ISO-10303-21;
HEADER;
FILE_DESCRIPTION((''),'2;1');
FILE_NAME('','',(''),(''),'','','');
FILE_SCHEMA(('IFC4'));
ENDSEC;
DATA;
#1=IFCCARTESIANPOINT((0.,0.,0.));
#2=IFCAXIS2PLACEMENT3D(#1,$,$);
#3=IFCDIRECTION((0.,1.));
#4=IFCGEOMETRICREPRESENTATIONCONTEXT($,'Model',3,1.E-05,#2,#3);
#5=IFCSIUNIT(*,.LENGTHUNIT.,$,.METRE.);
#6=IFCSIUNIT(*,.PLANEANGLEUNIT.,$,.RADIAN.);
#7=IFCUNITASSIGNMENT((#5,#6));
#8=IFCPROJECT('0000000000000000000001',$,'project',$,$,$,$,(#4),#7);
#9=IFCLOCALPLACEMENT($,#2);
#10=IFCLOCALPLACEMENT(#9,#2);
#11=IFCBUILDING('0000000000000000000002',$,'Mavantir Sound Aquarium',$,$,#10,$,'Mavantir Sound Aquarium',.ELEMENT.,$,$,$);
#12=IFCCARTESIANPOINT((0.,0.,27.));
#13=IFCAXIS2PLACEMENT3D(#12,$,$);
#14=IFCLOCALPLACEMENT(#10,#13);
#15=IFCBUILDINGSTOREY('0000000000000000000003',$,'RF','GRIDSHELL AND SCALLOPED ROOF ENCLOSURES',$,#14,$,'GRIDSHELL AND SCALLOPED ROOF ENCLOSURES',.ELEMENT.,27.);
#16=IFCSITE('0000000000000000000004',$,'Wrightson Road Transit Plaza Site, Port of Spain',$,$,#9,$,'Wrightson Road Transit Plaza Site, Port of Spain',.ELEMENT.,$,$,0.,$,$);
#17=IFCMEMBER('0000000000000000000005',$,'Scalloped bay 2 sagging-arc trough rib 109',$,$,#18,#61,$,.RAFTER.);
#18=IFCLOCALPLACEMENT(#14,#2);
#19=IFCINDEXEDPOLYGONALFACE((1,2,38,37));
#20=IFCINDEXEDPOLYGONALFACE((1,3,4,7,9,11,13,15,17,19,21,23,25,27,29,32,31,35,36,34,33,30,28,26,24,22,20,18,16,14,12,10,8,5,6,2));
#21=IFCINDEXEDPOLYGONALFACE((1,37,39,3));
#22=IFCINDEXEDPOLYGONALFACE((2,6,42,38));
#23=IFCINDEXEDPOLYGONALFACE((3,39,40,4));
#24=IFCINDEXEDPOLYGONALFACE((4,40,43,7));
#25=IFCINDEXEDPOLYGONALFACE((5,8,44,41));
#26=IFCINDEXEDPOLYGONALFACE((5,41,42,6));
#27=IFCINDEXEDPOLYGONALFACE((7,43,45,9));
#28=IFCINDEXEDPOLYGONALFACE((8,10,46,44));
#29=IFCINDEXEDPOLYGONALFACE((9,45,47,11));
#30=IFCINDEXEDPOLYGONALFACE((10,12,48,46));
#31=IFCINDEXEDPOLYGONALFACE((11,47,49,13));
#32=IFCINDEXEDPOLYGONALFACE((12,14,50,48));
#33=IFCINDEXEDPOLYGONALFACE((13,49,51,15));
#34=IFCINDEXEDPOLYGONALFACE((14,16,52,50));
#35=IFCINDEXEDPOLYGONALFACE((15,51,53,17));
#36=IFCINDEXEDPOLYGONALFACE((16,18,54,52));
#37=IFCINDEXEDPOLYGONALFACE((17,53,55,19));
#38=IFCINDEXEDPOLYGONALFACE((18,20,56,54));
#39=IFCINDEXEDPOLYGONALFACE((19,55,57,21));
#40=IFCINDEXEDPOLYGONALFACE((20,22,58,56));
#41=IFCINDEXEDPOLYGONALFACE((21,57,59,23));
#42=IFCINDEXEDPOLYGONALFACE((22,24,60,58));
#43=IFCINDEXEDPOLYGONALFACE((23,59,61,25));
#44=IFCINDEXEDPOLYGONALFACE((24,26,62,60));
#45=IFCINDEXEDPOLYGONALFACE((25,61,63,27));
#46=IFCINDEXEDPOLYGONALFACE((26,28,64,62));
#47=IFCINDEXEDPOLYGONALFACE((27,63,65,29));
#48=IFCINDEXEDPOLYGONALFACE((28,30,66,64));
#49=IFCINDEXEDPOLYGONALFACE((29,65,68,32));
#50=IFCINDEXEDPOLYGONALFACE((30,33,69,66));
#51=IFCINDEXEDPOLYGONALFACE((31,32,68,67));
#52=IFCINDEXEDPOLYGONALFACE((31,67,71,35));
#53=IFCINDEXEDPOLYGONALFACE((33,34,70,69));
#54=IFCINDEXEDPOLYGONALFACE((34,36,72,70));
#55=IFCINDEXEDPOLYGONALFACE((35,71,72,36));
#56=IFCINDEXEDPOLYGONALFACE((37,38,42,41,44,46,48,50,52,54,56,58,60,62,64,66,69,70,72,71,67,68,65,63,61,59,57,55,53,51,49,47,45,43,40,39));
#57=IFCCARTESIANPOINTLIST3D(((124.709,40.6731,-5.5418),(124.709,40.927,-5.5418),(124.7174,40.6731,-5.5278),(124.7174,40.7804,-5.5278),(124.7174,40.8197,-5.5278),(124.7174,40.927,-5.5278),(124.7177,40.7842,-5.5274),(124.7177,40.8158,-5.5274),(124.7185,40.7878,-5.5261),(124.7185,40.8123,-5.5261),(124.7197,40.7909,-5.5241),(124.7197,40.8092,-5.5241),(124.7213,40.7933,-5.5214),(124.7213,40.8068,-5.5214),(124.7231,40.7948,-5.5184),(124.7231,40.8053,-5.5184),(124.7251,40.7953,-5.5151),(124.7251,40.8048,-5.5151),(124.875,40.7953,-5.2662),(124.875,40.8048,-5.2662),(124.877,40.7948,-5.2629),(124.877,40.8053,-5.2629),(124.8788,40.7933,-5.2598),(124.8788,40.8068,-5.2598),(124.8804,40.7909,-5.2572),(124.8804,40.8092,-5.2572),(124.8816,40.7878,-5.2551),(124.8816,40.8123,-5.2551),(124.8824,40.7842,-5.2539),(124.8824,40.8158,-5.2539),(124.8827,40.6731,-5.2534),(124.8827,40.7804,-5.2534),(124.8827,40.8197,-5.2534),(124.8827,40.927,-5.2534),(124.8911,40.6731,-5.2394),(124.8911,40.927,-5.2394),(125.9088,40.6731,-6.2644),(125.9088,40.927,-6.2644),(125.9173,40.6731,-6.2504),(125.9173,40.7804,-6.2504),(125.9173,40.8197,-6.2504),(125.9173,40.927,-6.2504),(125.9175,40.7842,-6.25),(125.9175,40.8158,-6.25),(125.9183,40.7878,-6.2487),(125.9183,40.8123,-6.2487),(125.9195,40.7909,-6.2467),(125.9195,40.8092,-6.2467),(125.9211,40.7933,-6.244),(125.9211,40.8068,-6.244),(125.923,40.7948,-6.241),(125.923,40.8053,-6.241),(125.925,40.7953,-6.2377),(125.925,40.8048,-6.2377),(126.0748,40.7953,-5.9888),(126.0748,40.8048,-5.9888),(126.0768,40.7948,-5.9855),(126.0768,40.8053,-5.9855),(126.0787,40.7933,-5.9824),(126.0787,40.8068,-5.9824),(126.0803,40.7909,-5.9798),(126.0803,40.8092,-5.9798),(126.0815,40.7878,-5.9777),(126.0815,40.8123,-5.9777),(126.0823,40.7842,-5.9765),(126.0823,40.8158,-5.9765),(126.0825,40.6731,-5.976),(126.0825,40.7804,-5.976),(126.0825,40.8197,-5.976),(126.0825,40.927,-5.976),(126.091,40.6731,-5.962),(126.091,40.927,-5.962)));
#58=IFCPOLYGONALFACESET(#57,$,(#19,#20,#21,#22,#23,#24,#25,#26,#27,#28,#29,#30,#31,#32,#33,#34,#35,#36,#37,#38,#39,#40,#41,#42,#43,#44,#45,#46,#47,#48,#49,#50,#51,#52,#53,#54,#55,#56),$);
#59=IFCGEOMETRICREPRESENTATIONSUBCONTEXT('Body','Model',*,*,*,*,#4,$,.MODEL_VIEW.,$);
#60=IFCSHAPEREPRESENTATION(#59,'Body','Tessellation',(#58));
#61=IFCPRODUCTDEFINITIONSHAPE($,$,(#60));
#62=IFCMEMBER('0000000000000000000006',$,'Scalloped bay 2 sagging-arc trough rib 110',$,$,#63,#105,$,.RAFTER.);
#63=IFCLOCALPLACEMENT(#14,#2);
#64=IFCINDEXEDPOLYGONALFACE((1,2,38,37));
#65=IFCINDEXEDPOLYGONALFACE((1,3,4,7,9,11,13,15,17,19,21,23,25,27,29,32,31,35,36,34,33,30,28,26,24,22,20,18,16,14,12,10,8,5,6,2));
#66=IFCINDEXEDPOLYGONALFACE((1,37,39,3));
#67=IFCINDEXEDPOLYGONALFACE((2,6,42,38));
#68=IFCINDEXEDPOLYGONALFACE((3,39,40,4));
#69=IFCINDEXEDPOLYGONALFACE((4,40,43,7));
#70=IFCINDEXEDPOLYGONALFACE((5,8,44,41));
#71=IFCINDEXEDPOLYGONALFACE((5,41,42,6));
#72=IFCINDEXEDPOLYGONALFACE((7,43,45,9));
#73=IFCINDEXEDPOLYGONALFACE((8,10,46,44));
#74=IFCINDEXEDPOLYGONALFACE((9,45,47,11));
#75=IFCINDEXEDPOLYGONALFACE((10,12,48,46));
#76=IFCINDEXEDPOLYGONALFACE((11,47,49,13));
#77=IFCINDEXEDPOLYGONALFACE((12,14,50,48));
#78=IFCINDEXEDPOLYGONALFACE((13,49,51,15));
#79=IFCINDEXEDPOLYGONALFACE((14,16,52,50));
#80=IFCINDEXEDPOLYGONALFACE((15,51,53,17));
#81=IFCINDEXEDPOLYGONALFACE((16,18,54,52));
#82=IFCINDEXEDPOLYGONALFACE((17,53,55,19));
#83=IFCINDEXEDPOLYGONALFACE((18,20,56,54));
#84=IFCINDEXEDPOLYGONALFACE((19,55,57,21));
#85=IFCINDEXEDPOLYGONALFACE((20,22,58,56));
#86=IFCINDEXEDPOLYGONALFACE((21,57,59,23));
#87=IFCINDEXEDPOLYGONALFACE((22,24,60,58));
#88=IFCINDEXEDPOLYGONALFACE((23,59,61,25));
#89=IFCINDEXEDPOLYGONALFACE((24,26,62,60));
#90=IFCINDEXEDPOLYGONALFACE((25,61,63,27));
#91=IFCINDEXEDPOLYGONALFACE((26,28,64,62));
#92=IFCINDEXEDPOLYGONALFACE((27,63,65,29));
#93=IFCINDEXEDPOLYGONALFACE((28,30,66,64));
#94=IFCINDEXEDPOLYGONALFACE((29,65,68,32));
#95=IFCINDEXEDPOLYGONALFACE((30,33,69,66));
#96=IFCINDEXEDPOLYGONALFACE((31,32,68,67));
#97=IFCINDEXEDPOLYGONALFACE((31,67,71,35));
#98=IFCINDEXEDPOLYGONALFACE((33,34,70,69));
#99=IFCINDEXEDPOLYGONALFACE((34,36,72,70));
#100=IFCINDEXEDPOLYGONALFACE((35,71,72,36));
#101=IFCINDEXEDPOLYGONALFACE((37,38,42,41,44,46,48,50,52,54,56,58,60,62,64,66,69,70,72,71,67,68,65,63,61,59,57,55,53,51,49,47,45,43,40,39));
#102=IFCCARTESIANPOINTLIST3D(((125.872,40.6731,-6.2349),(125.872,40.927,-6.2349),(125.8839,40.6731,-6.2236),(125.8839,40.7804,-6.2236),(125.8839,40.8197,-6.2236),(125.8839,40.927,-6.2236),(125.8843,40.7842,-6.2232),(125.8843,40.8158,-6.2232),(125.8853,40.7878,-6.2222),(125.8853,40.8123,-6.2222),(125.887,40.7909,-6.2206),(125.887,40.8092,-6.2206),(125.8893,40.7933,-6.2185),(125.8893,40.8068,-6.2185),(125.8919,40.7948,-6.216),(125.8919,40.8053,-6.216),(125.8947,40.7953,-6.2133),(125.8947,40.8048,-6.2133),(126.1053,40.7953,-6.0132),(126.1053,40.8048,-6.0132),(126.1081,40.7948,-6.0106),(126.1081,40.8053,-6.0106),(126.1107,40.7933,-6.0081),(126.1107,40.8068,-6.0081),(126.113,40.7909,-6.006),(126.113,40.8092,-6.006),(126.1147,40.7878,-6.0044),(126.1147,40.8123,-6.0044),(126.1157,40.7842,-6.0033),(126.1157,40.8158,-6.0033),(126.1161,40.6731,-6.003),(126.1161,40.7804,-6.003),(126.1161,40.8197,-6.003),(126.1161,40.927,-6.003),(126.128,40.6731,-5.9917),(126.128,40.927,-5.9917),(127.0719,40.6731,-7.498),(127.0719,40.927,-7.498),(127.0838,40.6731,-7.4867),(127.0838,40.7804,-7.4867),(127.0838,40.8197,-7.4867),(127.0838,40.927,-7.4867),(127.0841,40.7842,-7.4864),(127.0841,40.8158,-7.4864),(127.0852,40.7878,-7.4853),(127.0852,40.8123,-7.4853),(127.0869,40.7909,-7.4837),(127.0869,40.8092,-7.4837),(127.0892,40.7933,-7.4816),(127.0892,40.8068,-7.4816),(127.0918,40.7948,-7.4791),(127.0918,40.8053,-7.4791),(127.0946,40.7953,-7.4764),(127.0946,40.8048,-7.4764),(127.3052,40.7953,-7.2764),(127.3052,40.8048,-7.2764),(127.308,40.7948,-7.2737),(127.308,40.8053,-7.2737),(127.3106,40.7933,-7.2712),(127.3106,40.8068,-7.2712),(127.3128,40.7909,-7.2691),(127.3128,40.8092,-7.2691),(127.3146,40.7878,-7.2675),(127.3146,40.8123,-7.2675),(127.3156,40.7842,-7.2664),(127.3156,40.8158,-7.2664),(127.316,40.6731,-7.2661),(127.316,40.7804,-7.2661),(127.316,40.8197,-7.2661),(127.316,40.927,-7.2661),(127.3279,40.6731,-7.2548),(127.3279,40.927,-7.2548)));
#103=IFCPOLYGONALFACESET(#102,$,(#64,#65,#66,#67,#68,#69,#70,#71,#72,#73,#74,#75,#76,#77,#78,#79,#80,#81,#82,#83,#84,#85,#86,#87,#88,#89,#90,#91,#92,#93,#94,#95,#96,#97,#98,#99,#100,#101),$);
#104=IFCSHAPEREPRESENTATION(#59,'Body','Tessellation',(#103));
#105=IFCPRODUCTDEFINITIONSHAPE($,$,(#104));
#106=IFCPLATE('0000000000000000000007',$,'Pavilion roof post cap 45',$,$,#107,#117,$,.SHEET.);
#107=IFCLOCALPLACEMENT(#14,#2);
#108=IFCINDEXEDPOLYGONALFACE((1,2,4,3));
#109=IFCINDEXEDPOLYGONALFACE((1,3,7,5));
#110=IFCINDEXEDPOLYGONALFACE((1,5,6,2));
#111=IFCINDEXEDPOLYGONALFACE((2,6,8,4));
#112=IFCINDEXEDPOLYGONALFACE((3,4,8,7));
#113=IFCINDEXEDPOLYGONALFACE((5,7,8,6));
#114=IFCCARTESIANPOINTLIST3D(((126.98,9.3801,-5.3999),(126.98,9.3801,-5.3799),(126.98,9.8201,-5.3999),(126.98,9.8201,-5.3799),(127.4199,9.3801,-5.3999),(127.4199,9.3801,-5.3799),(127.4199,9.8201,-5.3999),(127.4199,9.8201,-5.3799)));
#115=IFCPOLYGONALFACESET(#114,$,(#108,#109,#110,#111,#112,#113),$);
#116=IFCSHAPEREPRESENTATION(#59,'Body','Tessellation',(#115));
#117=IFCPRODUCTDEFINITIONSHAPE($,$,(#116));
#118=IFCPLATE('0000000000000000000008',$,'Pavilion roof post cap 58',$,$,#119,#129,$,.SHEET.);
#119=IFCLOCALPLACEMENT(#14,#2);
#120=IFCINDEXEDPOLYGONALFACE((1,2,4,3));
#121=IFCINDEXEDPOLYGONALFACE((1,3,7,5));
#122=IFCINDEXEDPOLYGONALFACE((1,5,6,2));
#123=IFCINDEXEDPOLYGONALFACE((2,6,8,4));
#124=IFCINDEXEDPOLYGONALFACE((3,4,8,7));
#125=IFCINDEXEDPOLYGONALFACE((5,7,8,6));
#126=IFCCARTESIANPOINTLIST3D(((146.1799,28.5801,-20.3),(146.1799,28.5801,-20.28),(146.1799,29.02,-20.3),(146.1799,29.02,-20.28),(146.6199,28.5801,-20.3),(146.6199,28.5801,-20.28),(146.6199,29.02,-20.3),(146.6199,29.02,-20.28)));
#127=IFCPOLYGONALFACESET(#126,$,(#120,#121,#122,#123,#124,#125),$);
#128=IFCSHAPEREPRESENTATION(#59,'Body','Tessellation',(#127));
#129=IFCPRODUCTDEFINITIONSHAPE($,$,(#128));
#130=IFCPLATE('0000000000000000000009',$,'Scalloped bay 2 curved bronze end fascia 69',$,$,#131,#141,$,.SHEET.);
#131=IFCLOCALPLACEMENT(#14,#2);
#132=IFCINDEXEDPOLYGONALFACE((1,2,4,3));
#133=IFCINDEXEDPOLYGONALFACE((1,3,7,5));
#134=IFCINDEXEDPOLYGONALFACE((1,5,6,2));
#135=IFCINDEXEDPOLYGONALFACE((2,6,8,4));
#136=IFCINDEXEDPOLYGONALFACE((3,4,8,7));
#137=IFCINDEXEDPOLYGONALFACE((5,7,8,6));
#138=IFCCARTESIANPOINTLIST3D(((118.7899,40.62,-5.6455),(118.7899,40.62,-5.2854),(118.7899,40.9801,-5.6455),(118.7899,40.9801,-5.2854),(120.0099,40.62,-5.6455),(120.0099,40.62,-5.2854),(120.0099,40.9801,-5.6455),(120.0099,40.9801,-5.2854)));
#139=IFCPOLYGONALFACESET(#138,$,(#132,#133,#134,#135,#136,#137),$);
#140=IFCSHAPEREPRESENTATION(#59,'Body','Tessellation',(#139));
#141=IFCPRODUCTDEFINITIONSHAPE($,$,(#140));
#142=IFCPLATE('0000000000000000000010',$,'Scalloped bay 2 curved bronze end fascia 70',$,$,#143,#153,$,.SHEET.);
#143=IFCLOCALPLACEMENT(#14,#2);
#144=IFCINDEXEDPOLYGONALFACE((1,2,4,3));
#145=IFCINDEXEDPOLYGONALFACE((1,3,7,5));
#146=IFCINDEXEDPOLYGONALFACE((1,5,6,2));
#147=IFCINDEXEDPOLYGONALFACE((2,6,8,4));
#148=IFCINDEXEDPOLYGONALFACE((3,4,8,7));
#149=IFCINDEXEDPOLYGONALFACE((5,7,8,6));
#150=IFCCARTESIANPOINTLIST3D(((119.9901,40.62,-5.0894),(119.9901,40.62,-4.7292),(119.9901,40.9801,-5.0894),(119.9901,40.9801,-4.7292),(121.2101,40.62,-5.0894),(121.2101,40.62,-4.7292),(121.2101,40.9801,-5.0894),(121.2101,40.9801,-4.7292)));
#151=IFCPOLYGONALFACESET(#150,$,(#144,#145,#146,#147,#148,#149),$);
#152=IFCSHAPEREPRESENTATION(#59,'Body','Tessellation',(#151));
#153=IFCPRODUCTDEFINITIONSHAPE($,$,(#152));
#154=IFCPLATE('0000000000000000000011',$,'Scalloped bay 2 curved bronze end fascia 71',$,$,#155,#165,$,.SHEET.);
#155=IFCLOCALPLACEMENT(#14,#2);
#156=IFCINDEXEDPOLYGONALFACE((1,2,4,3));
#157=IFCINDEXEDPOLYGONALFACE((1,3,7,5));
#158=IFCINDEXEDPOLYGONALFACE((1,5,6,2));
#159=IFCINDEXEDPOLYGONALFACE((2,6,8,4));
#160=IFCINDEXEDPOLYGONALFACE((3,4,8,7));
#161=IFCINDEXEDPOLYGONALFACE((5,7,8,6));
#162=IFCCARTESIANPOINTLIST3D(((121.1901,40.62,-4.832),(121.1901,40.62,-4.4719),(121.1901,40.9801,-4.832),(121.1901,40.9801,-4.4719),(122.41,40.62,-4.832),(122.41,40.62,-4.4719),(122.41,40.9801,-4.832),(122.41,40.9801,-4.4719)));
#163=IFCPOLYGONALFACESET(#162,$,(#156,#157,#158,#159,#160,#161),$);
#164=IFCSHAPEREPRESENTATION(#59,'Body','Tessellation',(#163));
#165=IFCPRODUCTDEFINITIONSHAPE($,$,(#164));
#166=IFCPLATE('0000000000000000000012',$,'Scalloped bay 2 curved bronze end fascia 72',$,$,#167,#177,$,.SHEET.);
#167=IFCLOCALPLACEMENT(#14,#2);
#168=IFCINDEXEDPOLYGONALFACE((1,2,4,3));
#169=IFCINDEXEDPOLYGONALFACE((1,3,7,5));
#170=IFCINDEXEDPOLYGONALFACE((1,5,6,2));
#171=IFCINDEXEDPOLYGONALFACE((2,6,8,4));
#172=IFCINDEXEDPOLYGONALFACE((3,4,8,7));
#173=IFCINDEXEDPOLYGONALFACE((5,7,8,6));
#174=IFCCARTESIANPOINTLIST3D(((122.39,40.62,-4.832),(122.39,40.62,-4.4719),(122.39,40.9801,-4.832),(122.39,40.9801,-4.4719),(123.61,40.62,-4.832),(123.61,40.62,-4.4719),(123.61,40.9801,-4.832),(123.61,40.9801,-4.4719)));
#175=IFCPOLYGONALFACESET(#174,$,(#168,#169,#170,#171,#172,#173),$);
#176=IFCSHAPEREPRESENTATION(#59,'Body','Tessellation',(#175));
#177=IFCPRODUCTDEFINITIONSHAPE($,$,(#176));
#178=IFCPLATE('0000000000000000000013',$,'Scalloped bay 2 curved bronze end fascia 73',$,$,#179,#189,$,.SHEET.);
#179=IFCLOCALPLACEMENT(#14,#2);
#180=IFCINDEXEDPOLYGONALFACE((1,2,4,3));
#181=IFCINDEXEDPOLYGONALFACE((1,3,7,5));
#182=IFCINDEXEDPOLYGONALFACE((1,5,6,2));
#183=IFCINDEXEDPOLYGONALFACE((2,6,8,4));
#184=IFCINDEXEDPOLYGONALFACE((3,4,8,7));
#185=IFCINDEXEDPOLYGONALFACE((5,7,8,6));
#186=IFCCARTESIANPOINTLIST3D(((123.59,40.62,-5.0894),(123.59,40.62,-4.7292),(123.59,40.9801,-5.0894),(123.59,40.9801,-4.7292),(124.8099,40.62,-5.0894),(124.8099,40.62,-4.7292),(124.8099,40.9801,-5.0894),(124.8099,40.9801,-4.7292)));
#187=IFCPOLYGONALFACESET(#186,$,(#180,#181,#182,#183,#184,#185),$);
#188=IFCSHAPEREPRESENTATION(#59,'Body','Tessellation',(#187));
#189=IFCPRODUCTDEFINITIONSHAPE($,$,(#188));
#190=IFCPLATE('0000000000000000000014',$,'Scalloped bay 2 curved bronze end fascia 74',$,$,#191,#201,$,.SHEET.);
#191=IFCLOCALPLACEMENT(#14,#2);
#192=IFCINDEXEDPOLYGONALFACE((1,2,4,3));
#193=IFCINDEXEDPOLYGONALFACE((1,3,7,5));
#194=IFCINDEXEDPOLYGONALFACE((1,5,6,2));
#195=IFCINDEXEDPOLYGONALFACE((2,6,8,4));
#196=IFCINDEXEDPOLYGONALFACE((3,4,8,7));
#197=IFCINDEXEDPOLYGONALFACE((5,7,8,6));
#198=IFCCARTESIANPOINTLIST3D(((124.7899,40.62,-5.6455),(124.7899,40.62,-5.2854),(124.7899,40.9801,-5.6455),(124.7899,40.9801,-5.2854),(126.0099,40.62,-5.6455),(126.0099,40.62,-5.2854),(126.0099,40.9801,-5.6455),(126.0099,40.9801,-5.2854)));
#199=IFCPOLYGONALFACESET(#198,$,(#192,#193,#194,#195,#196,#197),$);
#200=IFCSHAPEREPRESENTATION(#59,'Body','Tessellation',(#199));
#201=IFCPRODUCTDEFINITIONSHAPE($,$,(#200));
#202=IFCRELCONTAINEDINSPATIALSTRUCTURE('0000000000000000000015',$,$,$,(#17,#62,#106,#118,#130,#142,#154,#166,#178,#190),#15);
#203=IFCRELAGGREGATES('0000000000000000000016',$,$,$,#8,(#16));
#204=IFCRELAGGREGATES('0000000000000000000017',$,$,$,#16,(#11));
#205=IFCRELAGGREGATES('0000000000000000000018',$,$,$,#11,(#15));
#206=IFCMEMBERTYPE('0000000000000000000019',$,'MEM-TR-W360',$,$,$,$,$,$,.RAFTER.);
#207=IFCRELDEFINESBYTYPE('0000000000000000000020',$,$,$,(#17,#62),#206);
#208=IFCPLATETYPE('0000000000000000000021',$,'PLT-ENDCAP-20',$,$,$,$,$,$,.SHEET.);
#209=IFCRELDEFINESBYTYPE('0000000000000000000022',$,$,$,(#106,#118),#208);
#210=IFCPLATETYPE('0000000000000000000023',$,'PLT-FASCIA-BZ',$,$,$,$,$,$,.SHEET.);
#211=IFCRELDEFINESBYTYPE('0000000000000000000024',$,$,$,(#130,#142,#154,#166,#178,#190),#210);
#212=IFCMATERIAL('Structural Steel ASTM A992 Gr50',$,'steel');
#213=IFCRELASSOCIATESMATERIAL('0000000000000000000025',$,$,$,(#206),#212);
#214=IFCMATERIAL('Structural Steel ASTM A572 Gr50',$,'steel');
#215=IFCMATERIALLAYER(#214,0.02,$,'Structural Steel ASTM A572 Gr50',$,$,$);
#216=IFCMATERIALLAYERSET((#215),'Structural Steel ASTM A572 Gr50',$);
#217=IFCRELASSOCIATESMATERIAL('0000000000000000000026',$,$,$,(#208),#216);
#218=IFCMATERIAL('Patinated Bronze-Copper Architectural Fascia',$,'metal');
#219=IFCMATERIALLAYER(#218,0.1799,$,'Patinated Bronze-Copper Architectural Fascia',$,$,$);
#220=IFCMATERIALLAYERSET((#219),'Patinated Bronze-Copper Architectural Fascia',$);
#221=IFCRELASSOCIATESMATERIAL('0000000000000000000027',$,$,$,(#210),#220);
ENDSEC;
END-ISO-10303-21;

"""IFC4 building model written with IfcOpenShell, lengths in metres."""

from ifc_helpers import new_model, si_unit, direction, frame, origin, origin_2d, place, context, subcontext, project, spatial, rectangle, i_section, extrude, material, layer, layer_set, material_profile, profile_set, type_object, element, save


model = new_model("IFC4")

# Units and contexts
model_context = context("Model", 3, precision=1e-05, world=origin(), true_north=direction((0.0, 1.0)))
body_context = subcontext(model_context, "Body", "Model", "MODEL_VIEW")
ifc_project = project(units=[si_unit("LENGTHUNIT", "METRE"), si_unit("PLANEANGLEUNIT", "RADIAN")], contexts=[model_context])

# Site, building, storey
site_placement = place(None, origin())
site = spatial("IfcSite", under=ifc_project, at=site_placement, Name="Wrightson Road Transit Plaza Site, Port of Spain", LongName="Wrightson Road Transit Plaza Site, Port of Spain", CompositionType="ELEMENT", RefElevation=0.0)
building_placement = place(site_placement, origin())
building = spatial("IfcBuilding", under=site, at=building_placement, Name="Mavantir Sound Aquarium", LongName="Mavantir Sound Aquarium", CompositionType="ELEMENT")
storey_placement = place(building_placement, frame((0.0, 0.0, 27.0)))
storey = spatial("IfcBuildingStorey", under=building, at=storey_placement, Name="RF", Description="GRIDSHELL AND SCALLOPED ROOF ENCLOSURES", LongName="GRIDSHELL AND SCALLOPED ROOF ENCLOSURES", CompositionType="ELEMENT", Elevation=27.0)

# Shared definitions
ifc_material_1 = material(Name="Structural Steel ASTM A992 Gr50", Category="steel")

# Members
ifc_material_profile_1 = material_profile(ifc_material_1, i_section(OverallWidth=0.2539, OverallDepth=0.353, WebThickness=0.0095, FlangeThickness=0.0164, FilletRadius=0.0149, at=origin_2d()), Name="W360X91")
ifc_profile_set_1 = profile_set([ifc_material_profile_1], Name="Structural Steel ASTM A992 Gr50")
member_type_1 = type_object("IfcMemberType", Name="MEM-TR-W360", PredefinedType="RAFTER", material=ifc_profile_set_1)
member_1_placement = place(storey_placement, frame((124.8, 40.8, -5.3906), z_axis=(0.856646, 0.0, -0.515905), x_axis=(0.0, 1.0, 0.0)))
element("IfcMember", 1, at=member_1_placement, inside=storey, type_object=member_type_1, Name="Scalloped bay 2 sagging-arc trough rib 109", PredefinedType="RAFTER", context=body_context, shape_type="SweptSolid", body=[
    extrude(i_section(OverallWidth=0.2539, OverallDepth=0.353, WebThickness=0.0095, FlangeThickness=0.0164, FilletRadius=0.0149, at=origin_2d()), origin(), (0.0, 0.0, 1.0), 1.4006),
])
member_2_placement = place(storey_placement, frame((126.0, 40.8, -6.1133), z_axis=(0.688727, 0.0, -0.72502), x_axis=(0.0, 1.0, 0.0)))
element("IfcMember", 2, at=member_2_placement, inside=storey, type_object=member_type_1, Name="Scalloped bay 2 sagging-arc trough rib 110", PredefinedType="RAFTER", context=body_context, shape_type="SweptSolid", body=[
    extrude(i_section(OverallWidth=0.2539, OverallDepth=0.353, WebThickness=0.0095, FlangeThickness=0.0164, FilletRadius=0.0149, at=origin_2d()), origin(), (0.0, 0.0, 1.0), 1.7422),
])

# Plates
ifc_material_2 = material(Name="Structural Steel ASTM A572 Gr50", Category="steel")
ifc_layer_1 = layer(ifc_material_2, 0.02, Name="Structural Steel ASTM A572 Gr50")
ifc_layer_set_1 = layer_set([ifc_layer_1], Name="Structural Steel ASTM A572 Gr50")
plate_type_1 = type_object("IfcPlateType", Name="PLT-ENDCAP-20", PredefinedType="SHEET", material=ifc_layer_set_1)
for number, where, z_axis, x_axis, name in (
    (3, (127.2, 9.6001, -5.3999), (0.0, 0.0, 1.0), (1.0, 0.0, 0.0), "Pavilion roof post cap 45"),
    (4, (146.3999, 28.8, -20.3), (0.0, 0.0, 1.0), (1.0, 0.0, 0.0), "Pavilion roof post cap 58"),
):
    element("IfcPlate", number, at=place(storey_placement, frame(where, z_axis=z_axis, x_axis=x_axis)), inside=storey, type_object=plate_type_1, Name=name, PredefinedType="SHEET", context=body_context, shape_type="SweptSolid", body=[
        extrude(rectangle(XDim=0.4399, YDim=0.4399, at=origin_2d()), origin(), (0.0, 0.0, 1.0), 0.02),
    ])
ifc_material_3 = material(Name="Patinated Bronze-Copper Architectural Fascia", Category="metal")
ifc_layer_2 = layer(ifc_material_3, 0.1799, Name="Patinated Bronze-Copper Architectural Fascia")
ifc_layer_set_2 = layer_set([ifc_layer_2], Name="Patinated Bronze-Copper Architectural Fascia")
plate_type_2 = type_object("IfcPlateType", Name="PLT-FASCIA-BZ", PredefinedType="SHEET", material=ifc_layer_set_2)
for number, where, z_axis, x_axis, name in (
    (5, (119.3999, 40.8, -5.6455), (0.0, 0.0, 1.0), (1.0, 0.0, 0.0), "Scalloped bay 2 curved bronze end fascia 69"),
    (6, (120.6001, 40.8, -5.0894), (0.0, 0.0, 1.0), (1.0, 0.0, 0.0), "Scalloped bay 2 curved bronze end fascia 70"),
    (7, (121.8, 40.8, -4.832), (0.0, 0.0, 1.0), (1.0, 0.0, 0.0), "Scalloped bay 2 curved bronze end fascia 71"),
    (8, (123.0, 40.8, -4.832), (0.0, 0.0, 1.0), (1.0, 0.0, 0.0), "Scalloped bay 2 curved bronze end fascia 72"),
    (9, (124.2, 40.8, -5.0894), (0.0, 0.0, 1.0), (1.0, 0.0, 0.0), "Scalloped bay 2 curved bronze end fascia 73"),
    (10, (125.3999, 40.8, -5.6455), (0.0, 0.0, 1.0), (1.0, 0.0, 0.0), "Scalloped bay 2 curved bronze end fascia 74"),
):
    element("IfcPlate", number, at=place(storey_placement, frame(where, z_axis=z_axis, x_axis=x_axis)), inside=storey, type_object=plate_type_2, Name=name, PredefinedType="SHEET", context=body_context, shape_type="SweptSolid", body=[
        extrude(rectangle(XDim=1.22, YDim=0.3601, at=origin_2d()), origin(), (0.0, 0.0, 1.0), 0.3601),
    ])

save(model, "model.ifc")
